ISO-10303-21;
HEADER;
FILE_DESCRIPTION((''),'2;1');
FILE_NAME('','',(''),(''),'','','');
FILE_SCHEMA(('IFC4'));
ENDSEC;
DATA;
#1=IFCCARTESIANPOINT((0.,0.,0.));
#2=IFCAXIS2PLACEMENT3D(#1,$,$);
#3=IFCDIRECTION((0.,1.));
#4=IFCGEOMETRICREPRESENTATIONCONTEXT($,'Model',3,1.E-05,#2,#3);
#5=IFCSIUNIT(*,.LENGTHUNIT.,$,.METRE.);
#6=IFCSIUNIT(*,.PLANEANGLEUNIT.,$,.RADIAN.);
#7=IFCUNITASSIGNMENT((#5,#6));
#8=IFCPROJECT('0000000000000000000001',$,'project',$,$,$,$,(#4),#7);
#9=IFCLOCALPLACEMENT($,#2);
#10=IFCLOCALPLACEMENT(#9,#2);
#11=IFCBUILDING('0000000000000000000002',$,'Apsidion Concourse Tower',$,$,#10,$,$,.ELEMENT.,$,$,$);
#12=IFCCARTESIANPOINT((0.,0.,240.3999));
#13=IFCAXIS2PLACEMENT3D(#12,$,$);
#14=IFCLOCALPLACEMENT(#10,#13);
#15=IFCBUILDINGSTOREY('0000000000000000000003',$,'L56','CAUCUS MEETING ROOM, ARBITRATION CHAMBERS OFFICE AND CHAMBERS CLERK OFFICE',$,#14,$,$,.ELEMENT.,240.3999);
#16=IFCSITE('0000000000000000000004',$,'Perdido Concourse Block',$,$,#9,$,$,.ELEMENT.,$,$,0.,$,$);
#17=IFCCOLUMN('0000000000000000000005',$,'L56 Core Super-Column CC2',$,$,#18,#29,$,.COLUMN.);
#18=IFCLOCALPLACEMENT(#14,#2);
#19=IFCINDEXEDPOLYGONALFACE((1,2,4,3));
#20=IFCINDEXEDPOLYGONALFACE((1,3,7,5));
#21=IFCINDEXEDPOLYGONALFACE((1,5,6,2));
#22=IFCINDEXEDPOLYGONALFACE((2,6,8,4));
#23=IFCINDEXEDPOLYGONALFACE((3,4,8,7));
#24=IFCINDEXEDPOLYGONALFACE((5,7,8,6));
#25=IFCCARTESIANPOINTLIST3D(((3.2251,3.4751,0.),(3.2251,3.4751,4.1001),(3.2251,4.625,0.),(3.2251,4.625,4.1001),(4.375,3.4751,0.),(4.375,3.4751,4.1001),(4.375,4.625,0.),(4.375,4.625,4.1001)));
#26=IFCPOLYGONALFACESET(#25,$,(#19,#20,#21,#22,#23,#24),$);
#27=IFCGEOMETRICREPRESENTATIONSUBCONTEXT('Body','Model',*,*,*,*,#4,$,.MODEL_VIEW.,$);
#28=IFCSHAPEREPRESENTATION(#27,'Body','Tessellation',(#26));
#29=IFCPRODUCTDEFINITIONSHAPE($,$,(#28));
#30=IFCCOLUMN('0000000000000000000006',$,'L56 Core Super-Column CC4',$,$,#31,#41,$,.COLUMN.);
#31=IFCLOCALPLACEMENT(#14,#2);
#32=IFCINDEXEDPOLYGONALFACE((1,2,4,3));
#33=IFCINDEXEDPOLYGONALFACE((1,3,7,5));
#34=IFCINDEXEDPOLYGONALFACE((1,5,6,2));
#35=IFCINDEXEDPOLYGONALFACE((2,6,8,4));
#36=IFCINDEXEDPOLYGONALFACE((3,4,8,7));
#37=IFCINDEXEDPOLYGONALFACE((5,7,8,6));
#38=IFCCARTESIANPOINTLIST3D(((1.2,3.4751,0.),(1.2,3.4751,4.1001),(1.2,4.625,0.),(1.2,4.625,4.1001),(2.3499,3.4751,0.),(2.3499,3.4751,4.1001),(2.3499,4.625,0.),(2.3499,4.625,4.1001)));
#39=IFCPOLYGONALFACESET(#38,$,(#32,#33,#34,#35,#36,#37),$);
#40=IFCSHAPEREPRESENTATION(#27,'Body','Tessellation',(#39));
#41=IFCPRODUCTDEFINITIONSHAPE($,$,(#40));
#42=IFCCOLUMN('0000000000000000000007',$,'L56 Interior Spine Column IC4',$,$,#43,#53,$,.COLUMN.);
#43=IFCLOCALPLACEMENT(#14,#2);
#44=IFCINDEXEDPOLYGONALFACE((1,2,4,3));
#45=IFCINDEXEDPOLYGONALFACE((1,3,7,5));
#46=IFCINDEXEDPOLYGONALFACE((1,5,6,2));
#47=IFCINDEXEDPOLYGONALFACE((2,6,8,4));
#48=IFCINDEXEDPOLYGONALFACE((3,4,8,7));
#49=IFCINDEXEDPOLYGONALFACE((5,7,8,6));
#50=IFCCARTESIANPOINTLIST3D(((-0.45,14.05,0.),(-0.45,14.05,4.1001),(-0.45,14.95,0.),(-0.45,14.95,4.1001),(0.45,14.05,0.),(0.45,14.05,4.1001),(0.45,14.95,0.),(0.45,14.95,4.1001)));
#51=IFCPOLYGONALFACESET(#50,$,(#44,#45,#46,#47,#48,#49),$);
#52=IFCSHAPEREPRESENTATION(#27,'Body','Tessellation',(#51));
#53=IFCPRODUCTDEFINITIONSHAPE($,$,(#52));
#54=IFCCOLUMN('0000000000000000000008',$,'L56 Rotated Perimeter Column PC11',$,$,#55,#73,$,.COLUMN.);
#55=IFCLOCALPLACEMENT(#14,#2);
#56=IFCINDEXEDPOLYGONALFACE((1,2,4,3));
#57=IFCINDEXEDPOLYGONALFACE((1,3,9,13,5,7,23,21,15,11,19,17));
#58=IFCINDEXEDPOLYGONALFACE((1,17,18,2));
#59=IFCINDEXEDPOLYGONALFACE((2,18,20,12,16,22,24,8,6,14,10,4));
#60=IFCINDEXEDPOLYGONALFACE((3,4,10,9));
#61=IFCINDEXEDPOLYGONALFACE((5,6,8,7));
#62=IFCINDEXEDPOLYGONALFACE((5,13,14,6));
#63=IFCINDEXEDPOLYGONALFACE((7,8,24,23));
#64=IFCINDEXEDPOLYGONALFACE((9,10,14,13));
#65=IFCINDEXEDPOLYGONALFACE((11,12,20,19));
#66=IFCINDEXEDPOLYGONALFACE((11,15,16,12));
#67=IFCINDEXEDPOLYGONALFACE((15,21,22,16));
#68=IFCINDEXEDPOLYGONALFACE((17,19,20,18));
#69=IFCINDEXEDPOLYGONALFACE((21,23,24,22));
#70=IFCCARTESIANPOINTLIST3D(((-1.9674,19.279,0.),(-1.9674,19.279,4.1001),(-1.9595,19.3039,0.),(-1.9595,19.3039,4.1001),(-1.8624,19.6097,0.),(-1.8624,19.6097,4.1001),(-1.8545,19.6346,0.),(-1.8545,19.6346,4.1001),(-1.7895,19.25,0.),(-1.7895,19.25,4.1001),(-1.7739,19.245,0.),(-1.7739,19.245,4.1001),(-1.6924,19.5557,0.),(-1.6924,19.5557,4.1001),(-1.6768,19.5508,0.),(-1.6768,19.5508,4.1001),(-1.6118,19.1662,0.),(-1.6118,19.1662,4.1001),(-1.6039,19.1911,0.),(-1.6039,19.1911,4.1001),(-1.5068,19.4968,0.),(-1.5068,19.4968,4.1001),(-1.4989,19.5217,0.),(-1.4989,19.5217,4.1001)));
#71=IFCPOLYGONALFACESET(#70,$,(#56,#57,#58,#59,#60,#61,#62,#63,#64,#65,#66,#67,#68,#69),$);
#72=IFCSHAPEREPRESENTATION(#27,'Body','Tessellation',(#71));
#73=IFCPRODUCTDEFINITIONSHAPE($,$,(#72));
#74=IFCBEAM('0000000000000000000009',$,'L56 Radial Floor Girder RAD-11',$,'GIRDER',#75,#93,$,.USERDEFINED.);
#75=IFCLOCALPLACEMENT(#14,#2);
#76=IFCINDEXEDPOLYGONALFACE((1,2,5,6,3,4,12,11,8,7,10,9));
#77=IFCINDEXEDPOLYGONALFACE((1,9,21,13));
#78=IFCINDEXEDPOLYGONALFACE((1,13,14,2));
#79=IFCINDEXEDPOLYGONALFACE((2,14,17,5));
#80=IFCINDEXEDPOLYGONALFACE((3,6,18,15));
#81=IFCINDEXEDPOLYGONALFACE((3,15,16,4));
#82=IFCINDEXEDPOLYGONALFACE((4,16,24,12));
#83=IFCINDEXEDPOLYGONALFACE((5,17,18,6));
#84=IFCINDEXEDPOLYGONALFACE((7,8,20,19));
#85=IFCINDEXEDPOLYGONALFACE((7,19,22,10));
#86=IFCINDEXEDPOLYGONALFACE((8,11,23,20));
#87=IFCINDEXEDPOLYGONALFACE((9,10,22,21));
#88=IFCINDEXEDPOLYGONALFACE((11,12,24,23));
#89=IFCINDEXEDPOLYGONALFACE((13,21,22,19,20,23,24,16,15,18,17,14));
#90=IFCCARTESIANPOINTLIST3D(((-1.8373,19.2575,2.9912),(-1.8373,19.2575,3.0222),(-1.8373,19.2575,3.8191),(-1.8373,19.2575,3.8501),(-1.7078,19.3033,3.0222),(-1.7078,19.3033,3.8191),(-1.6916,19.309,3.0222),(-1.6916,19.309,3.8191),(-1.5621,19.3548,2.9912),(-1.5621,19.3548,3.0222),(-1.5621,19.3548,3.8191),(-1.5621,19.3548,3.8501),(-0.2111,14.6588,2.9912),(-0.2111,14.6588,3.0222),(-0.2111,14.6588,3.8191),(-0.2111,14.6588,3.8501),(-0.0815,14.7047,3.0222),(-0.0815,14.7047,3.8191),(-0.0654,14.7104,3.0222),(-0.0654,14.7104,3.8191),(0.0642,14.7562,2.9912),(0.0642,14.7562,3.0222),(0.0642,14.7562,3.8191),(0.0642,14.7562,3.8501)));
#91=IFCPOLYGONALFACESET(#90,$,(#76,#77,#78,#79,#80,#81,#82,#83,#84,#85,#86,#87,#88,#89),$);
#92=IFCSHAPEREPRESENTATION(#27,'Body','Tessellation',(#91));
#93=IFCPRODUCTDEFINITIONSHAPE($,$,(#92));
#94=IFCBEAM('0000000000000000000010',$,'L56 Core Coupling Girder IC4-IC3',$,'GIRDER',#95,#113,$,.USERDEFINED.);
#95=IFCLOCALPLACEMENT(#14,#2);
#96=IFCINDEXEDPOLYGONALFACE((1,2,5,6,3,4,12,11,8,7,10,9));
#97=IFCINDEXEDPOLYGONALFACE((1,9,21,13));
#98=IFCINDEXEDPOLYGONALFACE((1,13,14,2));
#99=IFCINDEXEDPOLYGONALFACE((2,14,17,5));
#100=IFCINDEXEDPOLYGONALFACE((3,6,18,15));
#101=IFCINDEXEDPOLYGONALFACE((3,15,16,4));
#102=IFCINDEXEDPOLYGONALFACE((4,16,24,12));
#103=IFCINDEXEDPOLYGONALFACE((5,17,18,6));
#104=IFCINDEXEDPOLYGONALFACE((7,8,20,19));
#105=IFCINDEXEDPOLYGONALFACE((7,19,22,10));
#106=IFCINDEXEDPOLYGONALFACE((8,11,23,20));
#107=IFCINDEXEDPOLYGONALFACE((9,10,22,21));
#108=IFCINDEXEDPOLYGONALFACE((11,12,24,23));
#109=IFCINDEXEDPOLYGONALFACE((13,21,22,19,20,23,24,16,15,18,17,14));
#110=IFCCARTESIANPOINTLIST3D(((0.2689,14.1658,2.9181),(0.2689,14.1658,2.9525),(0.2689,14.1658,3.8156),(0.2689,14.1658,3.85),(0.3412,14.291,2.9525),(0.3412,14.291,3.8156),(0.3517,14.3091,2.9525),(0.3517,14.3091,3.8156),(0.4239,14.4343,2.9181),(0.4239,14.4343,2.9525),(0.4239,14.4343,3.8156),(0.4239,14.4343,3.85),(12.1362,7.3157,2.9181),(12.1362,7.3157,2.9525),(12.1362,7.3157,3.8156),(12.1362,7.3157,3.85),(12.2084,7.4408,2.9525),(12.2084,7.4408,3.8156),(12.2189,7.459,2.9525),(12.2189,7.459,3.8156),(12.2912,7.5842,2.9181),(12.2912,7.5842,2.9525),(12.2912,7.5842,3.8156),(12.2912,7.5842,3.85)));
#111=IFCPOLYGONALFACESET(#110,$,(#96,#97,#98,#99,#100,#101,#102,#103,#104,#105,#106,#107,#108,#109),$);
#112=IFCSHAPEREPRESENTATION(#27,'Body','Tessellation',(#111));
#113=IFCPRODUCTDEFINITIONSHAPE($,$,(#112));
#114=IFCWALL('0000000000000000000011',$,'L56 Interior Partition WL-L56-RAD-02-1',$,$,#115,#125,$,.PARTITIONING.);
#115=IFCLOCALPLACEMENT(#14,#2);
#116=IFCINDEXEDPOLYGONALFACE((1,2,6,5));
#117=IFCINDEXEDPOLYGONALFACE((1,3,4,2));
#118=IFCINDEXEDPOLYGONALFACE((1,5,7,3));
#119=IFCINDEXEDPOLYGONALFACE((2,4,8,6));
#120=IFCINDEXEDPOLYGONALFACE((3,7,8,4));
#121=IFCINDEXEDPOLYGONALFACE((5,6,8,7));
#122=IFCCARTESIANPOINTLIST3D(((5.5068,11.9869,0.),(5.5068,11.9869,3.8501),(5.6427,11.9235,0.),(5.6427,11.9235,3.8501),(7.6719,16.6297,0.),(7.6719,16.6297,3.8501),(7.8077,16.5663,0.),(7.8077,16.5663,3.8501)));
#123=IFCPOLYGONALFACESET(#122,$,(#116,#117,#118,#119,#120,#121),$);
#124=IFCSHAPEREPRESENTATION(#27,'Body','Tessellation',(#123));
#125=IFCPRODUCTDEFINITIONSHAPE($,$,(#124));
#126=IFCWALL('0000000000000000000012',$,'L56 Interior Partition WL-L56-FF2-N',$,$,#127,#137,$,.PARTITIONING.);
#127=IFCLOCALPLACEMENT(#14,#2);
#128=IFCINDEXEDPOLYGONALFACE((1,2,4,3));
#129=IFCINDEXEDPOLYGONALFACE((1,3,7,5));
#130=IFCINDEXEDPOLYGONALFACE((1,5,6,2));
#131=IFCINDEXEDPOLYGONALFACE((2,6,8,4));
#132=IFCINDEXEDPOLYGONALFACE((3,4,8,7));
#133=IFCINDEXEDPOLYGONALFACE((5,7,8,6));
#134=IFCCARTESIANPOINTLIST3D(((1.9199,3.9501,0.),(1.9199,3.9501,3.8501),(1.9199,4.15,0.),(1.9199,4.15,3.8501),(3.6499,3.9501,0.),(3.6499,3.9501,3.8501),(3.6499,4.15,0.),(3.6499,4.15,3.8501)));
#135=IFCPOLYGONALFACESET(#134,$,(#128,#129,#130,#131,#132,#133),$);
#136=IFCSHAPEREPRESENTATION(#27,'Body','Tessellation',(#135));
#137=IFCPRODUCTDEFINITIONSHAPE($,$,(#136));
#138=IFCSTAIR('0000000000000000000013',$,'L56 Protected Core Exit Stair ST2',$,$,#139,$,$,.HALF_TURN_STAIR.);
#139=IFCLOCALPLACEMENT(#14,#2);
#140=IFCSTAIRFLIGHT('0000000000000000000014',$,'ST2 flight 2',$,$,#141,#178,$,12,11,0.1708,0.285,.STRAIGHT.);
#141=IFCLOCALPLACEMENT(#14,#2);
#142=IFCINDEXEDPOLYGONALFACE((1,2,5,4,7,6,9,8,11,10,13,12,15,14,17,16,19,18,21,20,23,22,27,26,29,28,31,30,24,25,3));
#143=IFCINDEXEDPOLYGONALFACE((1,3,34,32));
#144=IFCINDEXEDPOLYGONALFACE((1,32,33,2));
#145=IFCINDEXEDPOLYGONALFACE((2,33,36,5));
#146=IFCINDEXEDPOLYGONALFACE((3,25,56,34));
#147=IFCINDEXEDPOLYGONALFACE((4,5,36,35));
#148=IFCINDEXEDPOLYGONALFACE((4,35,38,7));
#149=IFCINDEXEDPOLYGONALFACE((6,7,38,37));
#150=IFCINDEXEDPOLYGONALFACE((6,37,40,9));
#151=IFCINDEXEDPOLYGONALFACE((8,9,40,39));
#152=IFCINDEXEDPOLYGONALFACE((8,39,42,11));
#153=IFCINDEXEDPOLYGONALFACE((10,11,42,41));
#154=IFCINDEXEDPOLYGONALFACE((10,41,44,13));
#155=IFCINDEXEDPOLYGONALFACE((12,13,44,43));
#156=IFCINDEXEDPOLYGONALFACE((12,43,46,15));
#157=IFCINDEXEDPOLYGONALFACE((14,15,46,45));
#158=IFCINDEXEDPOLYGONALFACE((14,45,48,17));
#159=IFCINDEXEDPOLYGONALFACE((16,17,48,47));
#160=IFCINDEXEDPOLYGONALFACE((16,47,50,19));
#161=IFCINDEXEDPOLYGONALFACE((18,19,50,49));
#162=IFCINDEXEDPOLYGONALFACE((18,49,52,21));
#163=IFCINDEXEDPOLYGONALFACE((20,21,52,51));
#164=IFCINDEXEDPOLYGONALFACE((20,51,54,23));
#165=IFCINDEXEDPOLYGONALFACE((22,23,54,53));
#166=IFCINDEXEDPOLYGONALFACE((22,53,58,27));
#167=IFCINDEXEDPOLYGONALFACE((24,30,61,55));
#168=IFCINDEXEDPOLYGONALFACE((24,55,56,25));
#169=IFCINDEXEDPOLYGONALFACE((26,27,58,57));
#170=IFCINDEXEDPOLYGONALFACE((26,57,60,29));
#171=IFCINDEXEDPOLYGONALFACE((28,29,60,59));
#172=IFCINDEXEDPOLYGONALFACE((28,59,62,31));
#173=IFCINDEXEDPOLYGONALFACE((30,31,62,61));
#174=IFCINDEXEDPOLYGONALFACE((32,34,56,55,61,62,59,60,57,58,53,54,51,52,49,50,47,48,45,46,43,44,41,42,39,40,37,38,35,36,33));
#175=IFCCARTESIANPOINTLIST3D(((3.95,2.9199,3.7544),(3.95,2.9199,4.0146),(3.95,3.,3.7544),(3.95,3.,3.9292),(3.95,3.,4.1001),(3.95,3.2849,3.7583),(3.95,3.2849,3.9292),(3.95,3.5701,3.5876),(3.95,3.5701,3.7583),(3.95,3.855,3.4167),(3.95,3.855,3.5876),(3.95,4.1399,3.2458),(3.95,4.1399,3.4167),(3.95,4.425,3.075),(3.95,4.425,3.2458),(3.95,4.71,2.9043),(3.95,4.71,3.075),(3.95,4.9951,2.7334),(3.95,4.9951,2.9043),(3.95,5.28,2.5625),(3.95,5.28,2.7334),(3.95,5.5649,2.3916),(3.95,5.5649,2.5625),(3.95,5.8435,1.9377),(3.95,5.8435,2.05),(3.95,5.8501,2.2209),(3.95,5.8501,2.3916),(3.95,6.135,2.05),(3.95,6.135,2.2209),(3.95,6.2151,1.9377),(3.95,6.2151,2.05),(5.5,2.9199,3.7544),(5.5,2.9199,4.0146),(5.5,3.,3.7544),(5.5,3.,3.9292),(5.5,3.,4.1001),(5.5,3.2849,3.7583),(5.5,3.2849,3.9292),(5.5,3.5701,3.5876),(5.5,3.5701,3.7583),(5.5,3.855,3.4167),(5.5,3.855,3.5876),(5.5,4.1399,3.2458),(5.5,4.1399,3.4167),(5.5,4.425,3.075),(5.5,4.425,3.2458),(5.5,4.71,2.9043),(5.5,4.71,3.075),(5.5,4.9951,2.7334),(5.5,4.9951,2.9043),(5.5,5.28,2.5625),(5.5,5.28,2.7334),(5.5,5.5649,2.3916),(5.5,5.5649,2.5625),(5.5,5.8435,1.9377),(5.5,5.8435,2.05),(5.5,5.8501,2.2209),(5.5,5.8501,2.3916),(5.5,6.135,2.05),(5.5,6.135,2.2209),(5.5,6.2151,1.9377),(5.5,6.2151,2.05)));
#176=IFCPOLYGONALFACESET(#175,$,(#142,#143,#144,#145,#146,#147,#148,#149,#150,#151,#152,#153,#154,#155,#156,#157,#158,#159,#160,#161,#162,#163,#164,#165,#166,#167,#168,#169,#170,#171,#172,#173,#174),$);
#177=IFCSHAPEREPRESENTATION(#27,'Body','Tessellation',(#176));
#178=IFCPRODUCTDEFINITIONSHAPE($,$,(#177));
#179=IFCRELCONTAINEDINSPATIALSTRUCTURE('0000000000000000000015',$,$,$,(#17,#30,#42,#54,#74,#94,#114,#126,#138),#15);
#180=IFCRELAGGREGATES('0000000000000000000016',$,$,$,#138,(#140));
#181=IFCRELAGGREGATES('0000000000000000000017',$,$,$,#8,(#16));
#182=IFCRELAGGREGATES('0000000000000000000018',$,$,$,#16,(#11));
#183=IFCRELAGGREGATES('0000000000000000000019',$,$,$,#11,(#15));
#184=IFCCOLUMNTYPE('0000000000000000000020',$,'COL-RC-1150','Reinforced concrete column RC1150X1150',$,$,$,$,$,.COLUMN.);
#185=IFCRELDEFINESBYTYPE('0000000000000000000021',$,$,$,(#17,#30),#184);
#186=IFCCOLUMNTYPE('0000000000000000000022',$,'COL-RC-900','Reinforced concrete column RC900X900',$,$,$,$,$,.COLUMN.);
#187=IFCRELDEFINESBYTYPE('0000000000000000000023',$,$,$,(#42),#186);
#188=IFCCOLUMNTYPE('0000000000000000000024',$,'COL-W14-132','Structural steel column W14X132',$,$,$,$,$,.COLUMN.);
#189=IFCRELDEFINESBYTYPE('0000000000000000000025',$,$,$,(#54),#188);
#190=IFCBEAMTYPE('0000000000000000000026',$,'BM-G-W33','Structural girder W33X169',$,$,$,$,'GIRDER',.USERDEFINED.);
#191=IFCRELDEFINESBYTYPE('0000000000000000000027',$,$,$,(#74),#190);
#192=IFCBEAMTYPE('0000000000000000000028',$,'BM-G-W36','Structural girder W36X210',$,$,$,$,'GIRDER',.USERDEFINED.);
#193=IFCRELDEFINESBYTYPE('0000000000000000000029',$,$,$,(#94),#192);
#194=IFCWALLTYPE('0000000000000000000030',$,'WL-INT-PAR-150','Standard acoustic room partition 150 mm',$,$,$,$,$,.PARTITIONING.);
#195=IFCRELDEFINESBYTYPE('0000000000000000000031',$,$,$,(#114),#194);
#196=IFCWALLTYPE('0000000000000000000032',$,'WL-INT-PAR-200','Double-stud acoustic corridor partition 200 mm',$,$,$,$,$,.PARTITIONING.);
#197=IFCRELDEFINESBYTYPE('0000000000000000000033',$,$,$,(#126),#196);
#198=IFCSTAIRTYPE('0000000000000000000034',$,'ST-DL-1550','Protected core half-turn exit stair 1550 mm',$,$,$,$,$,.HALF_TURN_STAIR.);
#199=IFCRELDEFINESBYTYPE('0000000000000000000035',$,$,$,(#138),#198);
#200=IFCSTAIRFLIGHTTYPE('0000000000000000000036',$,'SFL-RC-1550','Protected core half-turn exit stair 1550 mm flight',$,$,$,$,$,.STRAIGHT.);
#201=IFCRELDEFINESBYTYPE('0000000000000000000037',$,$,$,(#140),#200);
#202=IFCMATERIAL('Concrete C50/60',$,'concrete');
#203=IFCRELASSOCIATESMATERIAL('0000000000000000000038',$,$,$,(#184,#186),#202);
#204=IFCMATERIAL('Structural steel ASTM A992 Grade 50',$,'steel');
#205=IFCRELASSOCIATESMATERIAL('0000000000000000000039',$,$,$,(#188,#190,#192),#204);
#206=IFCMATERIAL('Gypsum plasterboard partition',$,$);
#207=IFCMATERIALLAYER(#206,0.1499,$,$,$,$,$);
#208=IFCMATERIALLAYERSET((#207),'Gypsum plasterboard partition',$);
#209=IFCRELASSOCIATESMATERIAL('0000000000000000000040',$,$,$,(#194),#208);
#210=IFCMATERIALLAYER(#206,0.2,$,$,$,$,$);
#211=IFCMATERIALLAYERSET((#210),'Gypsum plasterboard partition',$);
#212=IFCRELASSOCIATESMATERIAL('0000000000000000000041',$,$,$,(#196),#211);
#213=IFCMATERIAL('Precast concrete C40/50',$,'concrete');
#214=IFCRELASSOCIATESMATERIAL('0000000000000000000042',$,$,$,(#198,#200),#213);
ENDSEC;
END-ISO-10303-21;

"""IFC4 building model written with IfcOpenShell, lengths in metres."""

from ifc_helpers import new_model, si_unit, direction, frame, frame_2d, origin, origin_2d, place, context, subcontext, project, spatial, polyline, rectangle, i_section, outline, extrude, material, layer, layer_set, material_profile, profile_set, type_object, element, aggregate, save


model = new_model("IFC4")

# Units and contexts
model_context = context("Model", 3, precision=1e-05, world=origin(), true_north=direction((0.0, 1.0)))
body_context = subcontext(model_context, "Body", "Model", "MODEL_VIEW")
ifc_project = project(units=[si_unit("LENGTHUNIT", "METRE"), si_unit("PLANEANGLEUNIT", "RADIAN")], contexts=[model_context])

# Site, building, storey
site_placement = place(None, origin())
site = spatial("IfcSite", under=ifc_project, at=site_placement, Name="Perdido Concourse Block", CompositionType="ELEMENT", RefElevation=0.0)
building_placement = place(site_placement, origin())
building = spatial("IfcBuilding", under=site, at=building_placement, Name="Apsidion Concourse Tower", CompositionType="ELEMENT")
storey_placement = place(building_placement, frame((0.0, 0.0, 240.3999)))
storey = spatial("IfcBuildingStorey", under=building, at=storey_placement, Name="L56", Description="CAUCUS MEETING ROOM, ARBITRATION CHAMBERS OFFICE AND CHAMBERS CLERK OFFICE", CompositionType="ELEMENT", Elevation=240.3999)

# Columns
ifc_material_1 = material(Name="Concrete C50/60", Category="concrete")
ifc_material_profile_1 = material_profile(ifc_material_1, rectangle(XDim=1.1499, YDim=1.1499, at=origin_2d()), Name="RC 1150x1150")
ifc_profile_set_1 = profile_set([ifc_material_profile_1], Name="Concrete C50/60")
column_type_1 = type_object("IfcColumnType", Name="COL-RC-1150", Description="Reinforced concrete column RC1150X1150", PredefinedType="COLUMN", material=ifc_profile_set_1)
for number, where, z_axis, x_axis, name in (
    (1, (3.8, 4.05, 0.0), (0.0, 0.0, 1.0), (1.0, 0.0, 0.0), "L56 Core Super-Column CC2"),
    (2, (1.7749, 4.05, 0.0), (0.0, 0.0, 1.0), (1.0, 0.0, 0.0), "L56 Core Super-Column CC4"),
):
    element("IfcColumn", number, at=place(storey_placement, frame(where, z_axis=z_axis, x_axis=x_axis)), inside=storey, type_object=column_type_1, Name=name, PredefinedType="COLUMN", context=body_context, shape_type="SweptSolid", body=[
        extrude(rectangle(XDim=1.1499, YDim=1.1499, at=origin_2d()), origin(), (0.0, 0.0, 1.0), 4.1001),
    ])
ifc_material_profile_2 = material_profile(ifc_material_1, rectangle(XDim=0.8999, YDim=0.8999, at=origin_2d()), Name="RC 900x900")
ifc_profile_set_2 = profile_set([ifc_material_profile_2], Name="Concrete C50/60")
column_type_2 = type_object("IfcColumnType", Name="COL-RC-900", Description="Reinforced concrete column RC900X900", PredefinedType="COLUMN", material=ifc_profile_set_2)
column_1_placement = place(storey_placement, frame((0.0, 14.5, 0.0), z_axis=(0.0, 0.0, 1.0), x_axis=(1.0, 0.0, 0.0)))
element("IfcColumn", 3, at=column_1_placement, inside=storey, type_object=column_type_2, Name="L56 Interior Spine Column IC4", PredefinedType="COLUMN", context=body_context, shape_type="SweptSolid", body=[
    extrude(rectangle(XDim=0.8999, YDim=0.8999, at=origin_2d()), origin(), (0.0, 0.0, 1.0), 4.1001),
])
ifc_material_2 = material(Name="Structural steel ASTM A992 Grade 50", Category="steel")
ifc_material_profile_3 = material_profile(ifc_material_2, i_section(OverallWidth=0.373, OverallDepth=0.373, WebThickness=0.0164, FlangeThickness=0.0261, at=origin_2d()), Name="W14X132")
ifc_profile_set_3 = profile_set([ifc_material_profile_3], Name="Structural steel ASTM A992 Grade 50")
column_type_3 = type_object("IfcColumnType", Name="COL-W14-132", Description="Structural steel column W14X132", PredefinedType="COLUMN", material=ifc_profile_set_3)
column_2_placement = place(storey_placement, frame((-1.7332, 19.4004, 0.0), z_axis=(0.0, 0.0, 1.0), x_axis=(-0.953138, 0.302536, 0.0)))
element("IfcColumn", 4, at=column_2_placement, inside=storey, type_object=column_type_3, Name="L56 Rotated Perimeter Column PC11", PredefinedType="COLUMN", context=body_context, shape_type="SweptSolid", body=[
    extrude(i_section(OverallWidth=0.373, OverallDepth=0.373, WebThickness=0.0164, FlangeThickness=0.0261, at=origin_2d()), origin(), (0.0, 0.0, 1.0), 4.1001),
])

# Beams
ifc_material_profile_4 = material_profile(ifc_material_2, i_section(OverallWidth=0.292, OverallDepth=0.8589, WebThickness=0.0171, FlangeThickness=0.031, at=origin_2d()), Name="W33X169")
ifc_profile_set_4 = profile_set([ifc_material_profile_4], Name="Structural steel ASTM A992 Grade 50")
beam_type_1 = type_object("IfcBeamType", Name="BM-G-W33", Description="Structural girder W33X169", ElementType="GIRDER", PredefinedType="USERDEFINED", material=ifc_profile_set_4)
beam_1_placement = place(storey_placement, frame((-0.0735, 14.7075, 3.4207), z_axis=(-0.333399, 0.942786, 0.0), x_axis=(-0.942786, -0.333399, 0.0)))
element("IfcBeam", 5, at=beam_1_placement, inside=storey, type_object=beam_type_1, Name="L56 Radial Floor Girder RAD-11", ObjectType="GIRDER", PredefinedType="USERDEFINED", context=body_context, shape_type="SweptSolid", body=[
    extrude(i_section(OverallWidth=0.292, OverallDepth=0.8589, WebThickness=0.0171, FlangeThickness=0.031, at=origin_2d()), origin(), (0.0, 0.0, 1.0), 4.8777),
])
ifc_material_profile_5 = material_profile(ifc_material_2, i_section(OverallWidth=0.3101, OverallDepth=0.9319, WebThickness=0.021, FlangeThickness=0.0344, at=origin_2d()), Name="W36X210")
ifc_profile_set_5 = profile_set([ifc_material_profile_5], Name="Structural steel ASTM A992 Grade 50")
beam_type_2 = type_object("IfcBeamType", Name="BM-G-W36", Description="Structural girder W36X210", ElementType="GIRDER", PredefinedType="USERDEFINED", material=ifc_profile_set_5)
beam_2_placement = place(storey_placement, frame((0.3464, 14.3, 3.384), z_axis=(0.86607, -0.499922, 0.0), x_axis=(0.499922, 0.86607, 0.0)))
element("IfcBeam", 6, at=beam_2_placement, inside=storey, type_object=beam_type_2, Name="L56 Core Coupling Girder IC4-IC3", ObjectType="GIRDER", PredefinedType="USERDEFINED", context=body_context, shape_type="SweptSolid", body=[
    extrude(i_section(OverallWidth=0.3101, OverallDepth=0.9319, WebThickness=0.021, FlangeThickness=0.0344, at=origin_2d()), origin(), (0.0, 0.0, 1.0), 13.7024),
])

# Walls
ifc_material_3 = material(Name="Gypsum plasterboard partition")
ifc_layer_1 = layer(ifc_material_3, 0.1499)
ifc_layer_set_1 = layer_set([ifc_layer_1], Name="Gypsum plasterboard partition")
wall_type_1 = type_object("IfcWallType", Name="WL-INT-PAR-150", Description="Standard acoustic room partition 150 mm", PredefinedType="PARTITIONING", material=ifc_layer_set_1)
wall_1_placement = place(storey_placement, frame((5.5747, 11.9551, 0.0), z_axis=(0.0, 0.0, 1.0), x_axis=(0.422627, 0.906304, 0.0)))
element("IfcWall", 7, at=wall_1_placement, inside=storey, type_object=wall_type_1, Name="L56 Interior Partition WL-L56-RAD-02-1", PredefinedType="PARTITIONING", context=body_context, shape_type="SweptSolid", body=[
    extrude(rectangle(XDim=5.1228, YDim=0.1499, at=frame_2d((2.5615, 0.0))), origin(), (0.0, 0.0, 1.0), 3.8501),
])
ifc_layer_2 = layer(ifc_material_3, 0.2)
ifc_layer_set_2 = layer_set([ifc_layer_2], Name="Gypsum plasterboard partition")
wall_type_2 = type_object("IfcWallType", Name="WL-INT-PAR-200", Description="Double-stud acoustic corridor partition 200 mm", PredefinedType="PARTITIONING", material=ifc_layer_set_2)
wall_2_placement = place(storey_placement, frame((1.9199, 4.05, 0.0), z_axis=(0.0, 0.0, 1.0), x_axis=(1.0, 0.0, 0.0)))
element("IfcWall", 8, at=wall_2_placement, inside=storey, type_object=wall_type_2, Name="L56 Interior Partition WL-L56-FF2-N", PredefinedType="PARTITIONING", context=body_context, shape_type="SweptSolid", body=[
    extrude(rectangle(XDim=1.73, YDim=0.2, at=frame_2d((0.865, 0.0))), origin(), (0.0, 0.0, 1.0), 3.8501),
])

# Stair, stair flight
ifc_material_4 = material(Name="Precast concrete C40/50", Category="concrete")
stair_type = type_object("IfcStairType", Name="ST-DL-1550", Description="Protected core half-turn exit stair 1550 mm", PredefinedType="HALF_TURN_STAIR", material=ifc_material_4)
stair_1_placement = place(storey_placement, origin())
stair_1 = element("IfcStair", 9, at=stair_1_placement, inside=storey, type_object=stair_type, Name="L56 Protected Core Exit Stair ST2", PredefinedType="HALF_TURN_STAIR")
stair_flight_type = type_object("IfcStairFlightType", Name="SFL-RC-1550", Description="Protected core half-turn exit stair 1550 mm flight", PredefinedType="STRAIGHT", material=ifc_material_4)
stair_flight_1_placement = place(storey_placement, frame((4.7251, 6.135, 2.05), z_axis=(0.0, 0.0, 1.0), x_axis=(0.0, -1.0, 0.0)))
stair_flight_1 = element("IfcStairFlight", 10, at=stair_flight_1_placement, type_object=stair_flight_type, Name="ST2 flight 2", NumberOfRisers=12, NumberOfTreads=11, PredefinedType="STRAIGHT", RiserHeight=0.1708, TreadLength=0.285, context=body_context, shape_type="SweptSolid", body=[
    extrude(outline(polyline([(-0.0801, -0.1123), (-0.0801, 0.0), (0.0, 0.0), (0.0, 0.1709), (0.2849, 0.1709), (0.2849, 0.3416), (0.5701, 0.3416), (0.5701, 0.5125), (0.855, 0.5125), (0.855, 0.6833), (1.1399, 0.6833), (1.1399, 0.8542), (1.425, 0.8542), (1.425, 1.0249), (1.71, 1.0249), (1.71, 1.1958), (1.9951, 1.1958), (1.9951, 1.3667), (2.28, 1.3667), (2.28, 1.5376), (2.5649, 1.5376), (2.5649, 1.7083), (2.8501, 1.7083), (2.8501, 1.8792), (3.135, 1.8792), (3.135, 2.05), (3.2151, 1.9646), (3.2151, 1.7043), (3.135, 1.7043), (0.2915, 0.0), (0.2915, -0.1123), (-0.0801, -0.1123)])), frame((0.0, 0.7749, 0.0), z_axis=(0.0, -1.0, 0.0), x_axis=(1.0, 0.0, 0.0)), (0.0, 0.0, 1.0), 1.55),
])
aggregate(stair_1, [stair_flight_1])

save(model, "model.ifc")
